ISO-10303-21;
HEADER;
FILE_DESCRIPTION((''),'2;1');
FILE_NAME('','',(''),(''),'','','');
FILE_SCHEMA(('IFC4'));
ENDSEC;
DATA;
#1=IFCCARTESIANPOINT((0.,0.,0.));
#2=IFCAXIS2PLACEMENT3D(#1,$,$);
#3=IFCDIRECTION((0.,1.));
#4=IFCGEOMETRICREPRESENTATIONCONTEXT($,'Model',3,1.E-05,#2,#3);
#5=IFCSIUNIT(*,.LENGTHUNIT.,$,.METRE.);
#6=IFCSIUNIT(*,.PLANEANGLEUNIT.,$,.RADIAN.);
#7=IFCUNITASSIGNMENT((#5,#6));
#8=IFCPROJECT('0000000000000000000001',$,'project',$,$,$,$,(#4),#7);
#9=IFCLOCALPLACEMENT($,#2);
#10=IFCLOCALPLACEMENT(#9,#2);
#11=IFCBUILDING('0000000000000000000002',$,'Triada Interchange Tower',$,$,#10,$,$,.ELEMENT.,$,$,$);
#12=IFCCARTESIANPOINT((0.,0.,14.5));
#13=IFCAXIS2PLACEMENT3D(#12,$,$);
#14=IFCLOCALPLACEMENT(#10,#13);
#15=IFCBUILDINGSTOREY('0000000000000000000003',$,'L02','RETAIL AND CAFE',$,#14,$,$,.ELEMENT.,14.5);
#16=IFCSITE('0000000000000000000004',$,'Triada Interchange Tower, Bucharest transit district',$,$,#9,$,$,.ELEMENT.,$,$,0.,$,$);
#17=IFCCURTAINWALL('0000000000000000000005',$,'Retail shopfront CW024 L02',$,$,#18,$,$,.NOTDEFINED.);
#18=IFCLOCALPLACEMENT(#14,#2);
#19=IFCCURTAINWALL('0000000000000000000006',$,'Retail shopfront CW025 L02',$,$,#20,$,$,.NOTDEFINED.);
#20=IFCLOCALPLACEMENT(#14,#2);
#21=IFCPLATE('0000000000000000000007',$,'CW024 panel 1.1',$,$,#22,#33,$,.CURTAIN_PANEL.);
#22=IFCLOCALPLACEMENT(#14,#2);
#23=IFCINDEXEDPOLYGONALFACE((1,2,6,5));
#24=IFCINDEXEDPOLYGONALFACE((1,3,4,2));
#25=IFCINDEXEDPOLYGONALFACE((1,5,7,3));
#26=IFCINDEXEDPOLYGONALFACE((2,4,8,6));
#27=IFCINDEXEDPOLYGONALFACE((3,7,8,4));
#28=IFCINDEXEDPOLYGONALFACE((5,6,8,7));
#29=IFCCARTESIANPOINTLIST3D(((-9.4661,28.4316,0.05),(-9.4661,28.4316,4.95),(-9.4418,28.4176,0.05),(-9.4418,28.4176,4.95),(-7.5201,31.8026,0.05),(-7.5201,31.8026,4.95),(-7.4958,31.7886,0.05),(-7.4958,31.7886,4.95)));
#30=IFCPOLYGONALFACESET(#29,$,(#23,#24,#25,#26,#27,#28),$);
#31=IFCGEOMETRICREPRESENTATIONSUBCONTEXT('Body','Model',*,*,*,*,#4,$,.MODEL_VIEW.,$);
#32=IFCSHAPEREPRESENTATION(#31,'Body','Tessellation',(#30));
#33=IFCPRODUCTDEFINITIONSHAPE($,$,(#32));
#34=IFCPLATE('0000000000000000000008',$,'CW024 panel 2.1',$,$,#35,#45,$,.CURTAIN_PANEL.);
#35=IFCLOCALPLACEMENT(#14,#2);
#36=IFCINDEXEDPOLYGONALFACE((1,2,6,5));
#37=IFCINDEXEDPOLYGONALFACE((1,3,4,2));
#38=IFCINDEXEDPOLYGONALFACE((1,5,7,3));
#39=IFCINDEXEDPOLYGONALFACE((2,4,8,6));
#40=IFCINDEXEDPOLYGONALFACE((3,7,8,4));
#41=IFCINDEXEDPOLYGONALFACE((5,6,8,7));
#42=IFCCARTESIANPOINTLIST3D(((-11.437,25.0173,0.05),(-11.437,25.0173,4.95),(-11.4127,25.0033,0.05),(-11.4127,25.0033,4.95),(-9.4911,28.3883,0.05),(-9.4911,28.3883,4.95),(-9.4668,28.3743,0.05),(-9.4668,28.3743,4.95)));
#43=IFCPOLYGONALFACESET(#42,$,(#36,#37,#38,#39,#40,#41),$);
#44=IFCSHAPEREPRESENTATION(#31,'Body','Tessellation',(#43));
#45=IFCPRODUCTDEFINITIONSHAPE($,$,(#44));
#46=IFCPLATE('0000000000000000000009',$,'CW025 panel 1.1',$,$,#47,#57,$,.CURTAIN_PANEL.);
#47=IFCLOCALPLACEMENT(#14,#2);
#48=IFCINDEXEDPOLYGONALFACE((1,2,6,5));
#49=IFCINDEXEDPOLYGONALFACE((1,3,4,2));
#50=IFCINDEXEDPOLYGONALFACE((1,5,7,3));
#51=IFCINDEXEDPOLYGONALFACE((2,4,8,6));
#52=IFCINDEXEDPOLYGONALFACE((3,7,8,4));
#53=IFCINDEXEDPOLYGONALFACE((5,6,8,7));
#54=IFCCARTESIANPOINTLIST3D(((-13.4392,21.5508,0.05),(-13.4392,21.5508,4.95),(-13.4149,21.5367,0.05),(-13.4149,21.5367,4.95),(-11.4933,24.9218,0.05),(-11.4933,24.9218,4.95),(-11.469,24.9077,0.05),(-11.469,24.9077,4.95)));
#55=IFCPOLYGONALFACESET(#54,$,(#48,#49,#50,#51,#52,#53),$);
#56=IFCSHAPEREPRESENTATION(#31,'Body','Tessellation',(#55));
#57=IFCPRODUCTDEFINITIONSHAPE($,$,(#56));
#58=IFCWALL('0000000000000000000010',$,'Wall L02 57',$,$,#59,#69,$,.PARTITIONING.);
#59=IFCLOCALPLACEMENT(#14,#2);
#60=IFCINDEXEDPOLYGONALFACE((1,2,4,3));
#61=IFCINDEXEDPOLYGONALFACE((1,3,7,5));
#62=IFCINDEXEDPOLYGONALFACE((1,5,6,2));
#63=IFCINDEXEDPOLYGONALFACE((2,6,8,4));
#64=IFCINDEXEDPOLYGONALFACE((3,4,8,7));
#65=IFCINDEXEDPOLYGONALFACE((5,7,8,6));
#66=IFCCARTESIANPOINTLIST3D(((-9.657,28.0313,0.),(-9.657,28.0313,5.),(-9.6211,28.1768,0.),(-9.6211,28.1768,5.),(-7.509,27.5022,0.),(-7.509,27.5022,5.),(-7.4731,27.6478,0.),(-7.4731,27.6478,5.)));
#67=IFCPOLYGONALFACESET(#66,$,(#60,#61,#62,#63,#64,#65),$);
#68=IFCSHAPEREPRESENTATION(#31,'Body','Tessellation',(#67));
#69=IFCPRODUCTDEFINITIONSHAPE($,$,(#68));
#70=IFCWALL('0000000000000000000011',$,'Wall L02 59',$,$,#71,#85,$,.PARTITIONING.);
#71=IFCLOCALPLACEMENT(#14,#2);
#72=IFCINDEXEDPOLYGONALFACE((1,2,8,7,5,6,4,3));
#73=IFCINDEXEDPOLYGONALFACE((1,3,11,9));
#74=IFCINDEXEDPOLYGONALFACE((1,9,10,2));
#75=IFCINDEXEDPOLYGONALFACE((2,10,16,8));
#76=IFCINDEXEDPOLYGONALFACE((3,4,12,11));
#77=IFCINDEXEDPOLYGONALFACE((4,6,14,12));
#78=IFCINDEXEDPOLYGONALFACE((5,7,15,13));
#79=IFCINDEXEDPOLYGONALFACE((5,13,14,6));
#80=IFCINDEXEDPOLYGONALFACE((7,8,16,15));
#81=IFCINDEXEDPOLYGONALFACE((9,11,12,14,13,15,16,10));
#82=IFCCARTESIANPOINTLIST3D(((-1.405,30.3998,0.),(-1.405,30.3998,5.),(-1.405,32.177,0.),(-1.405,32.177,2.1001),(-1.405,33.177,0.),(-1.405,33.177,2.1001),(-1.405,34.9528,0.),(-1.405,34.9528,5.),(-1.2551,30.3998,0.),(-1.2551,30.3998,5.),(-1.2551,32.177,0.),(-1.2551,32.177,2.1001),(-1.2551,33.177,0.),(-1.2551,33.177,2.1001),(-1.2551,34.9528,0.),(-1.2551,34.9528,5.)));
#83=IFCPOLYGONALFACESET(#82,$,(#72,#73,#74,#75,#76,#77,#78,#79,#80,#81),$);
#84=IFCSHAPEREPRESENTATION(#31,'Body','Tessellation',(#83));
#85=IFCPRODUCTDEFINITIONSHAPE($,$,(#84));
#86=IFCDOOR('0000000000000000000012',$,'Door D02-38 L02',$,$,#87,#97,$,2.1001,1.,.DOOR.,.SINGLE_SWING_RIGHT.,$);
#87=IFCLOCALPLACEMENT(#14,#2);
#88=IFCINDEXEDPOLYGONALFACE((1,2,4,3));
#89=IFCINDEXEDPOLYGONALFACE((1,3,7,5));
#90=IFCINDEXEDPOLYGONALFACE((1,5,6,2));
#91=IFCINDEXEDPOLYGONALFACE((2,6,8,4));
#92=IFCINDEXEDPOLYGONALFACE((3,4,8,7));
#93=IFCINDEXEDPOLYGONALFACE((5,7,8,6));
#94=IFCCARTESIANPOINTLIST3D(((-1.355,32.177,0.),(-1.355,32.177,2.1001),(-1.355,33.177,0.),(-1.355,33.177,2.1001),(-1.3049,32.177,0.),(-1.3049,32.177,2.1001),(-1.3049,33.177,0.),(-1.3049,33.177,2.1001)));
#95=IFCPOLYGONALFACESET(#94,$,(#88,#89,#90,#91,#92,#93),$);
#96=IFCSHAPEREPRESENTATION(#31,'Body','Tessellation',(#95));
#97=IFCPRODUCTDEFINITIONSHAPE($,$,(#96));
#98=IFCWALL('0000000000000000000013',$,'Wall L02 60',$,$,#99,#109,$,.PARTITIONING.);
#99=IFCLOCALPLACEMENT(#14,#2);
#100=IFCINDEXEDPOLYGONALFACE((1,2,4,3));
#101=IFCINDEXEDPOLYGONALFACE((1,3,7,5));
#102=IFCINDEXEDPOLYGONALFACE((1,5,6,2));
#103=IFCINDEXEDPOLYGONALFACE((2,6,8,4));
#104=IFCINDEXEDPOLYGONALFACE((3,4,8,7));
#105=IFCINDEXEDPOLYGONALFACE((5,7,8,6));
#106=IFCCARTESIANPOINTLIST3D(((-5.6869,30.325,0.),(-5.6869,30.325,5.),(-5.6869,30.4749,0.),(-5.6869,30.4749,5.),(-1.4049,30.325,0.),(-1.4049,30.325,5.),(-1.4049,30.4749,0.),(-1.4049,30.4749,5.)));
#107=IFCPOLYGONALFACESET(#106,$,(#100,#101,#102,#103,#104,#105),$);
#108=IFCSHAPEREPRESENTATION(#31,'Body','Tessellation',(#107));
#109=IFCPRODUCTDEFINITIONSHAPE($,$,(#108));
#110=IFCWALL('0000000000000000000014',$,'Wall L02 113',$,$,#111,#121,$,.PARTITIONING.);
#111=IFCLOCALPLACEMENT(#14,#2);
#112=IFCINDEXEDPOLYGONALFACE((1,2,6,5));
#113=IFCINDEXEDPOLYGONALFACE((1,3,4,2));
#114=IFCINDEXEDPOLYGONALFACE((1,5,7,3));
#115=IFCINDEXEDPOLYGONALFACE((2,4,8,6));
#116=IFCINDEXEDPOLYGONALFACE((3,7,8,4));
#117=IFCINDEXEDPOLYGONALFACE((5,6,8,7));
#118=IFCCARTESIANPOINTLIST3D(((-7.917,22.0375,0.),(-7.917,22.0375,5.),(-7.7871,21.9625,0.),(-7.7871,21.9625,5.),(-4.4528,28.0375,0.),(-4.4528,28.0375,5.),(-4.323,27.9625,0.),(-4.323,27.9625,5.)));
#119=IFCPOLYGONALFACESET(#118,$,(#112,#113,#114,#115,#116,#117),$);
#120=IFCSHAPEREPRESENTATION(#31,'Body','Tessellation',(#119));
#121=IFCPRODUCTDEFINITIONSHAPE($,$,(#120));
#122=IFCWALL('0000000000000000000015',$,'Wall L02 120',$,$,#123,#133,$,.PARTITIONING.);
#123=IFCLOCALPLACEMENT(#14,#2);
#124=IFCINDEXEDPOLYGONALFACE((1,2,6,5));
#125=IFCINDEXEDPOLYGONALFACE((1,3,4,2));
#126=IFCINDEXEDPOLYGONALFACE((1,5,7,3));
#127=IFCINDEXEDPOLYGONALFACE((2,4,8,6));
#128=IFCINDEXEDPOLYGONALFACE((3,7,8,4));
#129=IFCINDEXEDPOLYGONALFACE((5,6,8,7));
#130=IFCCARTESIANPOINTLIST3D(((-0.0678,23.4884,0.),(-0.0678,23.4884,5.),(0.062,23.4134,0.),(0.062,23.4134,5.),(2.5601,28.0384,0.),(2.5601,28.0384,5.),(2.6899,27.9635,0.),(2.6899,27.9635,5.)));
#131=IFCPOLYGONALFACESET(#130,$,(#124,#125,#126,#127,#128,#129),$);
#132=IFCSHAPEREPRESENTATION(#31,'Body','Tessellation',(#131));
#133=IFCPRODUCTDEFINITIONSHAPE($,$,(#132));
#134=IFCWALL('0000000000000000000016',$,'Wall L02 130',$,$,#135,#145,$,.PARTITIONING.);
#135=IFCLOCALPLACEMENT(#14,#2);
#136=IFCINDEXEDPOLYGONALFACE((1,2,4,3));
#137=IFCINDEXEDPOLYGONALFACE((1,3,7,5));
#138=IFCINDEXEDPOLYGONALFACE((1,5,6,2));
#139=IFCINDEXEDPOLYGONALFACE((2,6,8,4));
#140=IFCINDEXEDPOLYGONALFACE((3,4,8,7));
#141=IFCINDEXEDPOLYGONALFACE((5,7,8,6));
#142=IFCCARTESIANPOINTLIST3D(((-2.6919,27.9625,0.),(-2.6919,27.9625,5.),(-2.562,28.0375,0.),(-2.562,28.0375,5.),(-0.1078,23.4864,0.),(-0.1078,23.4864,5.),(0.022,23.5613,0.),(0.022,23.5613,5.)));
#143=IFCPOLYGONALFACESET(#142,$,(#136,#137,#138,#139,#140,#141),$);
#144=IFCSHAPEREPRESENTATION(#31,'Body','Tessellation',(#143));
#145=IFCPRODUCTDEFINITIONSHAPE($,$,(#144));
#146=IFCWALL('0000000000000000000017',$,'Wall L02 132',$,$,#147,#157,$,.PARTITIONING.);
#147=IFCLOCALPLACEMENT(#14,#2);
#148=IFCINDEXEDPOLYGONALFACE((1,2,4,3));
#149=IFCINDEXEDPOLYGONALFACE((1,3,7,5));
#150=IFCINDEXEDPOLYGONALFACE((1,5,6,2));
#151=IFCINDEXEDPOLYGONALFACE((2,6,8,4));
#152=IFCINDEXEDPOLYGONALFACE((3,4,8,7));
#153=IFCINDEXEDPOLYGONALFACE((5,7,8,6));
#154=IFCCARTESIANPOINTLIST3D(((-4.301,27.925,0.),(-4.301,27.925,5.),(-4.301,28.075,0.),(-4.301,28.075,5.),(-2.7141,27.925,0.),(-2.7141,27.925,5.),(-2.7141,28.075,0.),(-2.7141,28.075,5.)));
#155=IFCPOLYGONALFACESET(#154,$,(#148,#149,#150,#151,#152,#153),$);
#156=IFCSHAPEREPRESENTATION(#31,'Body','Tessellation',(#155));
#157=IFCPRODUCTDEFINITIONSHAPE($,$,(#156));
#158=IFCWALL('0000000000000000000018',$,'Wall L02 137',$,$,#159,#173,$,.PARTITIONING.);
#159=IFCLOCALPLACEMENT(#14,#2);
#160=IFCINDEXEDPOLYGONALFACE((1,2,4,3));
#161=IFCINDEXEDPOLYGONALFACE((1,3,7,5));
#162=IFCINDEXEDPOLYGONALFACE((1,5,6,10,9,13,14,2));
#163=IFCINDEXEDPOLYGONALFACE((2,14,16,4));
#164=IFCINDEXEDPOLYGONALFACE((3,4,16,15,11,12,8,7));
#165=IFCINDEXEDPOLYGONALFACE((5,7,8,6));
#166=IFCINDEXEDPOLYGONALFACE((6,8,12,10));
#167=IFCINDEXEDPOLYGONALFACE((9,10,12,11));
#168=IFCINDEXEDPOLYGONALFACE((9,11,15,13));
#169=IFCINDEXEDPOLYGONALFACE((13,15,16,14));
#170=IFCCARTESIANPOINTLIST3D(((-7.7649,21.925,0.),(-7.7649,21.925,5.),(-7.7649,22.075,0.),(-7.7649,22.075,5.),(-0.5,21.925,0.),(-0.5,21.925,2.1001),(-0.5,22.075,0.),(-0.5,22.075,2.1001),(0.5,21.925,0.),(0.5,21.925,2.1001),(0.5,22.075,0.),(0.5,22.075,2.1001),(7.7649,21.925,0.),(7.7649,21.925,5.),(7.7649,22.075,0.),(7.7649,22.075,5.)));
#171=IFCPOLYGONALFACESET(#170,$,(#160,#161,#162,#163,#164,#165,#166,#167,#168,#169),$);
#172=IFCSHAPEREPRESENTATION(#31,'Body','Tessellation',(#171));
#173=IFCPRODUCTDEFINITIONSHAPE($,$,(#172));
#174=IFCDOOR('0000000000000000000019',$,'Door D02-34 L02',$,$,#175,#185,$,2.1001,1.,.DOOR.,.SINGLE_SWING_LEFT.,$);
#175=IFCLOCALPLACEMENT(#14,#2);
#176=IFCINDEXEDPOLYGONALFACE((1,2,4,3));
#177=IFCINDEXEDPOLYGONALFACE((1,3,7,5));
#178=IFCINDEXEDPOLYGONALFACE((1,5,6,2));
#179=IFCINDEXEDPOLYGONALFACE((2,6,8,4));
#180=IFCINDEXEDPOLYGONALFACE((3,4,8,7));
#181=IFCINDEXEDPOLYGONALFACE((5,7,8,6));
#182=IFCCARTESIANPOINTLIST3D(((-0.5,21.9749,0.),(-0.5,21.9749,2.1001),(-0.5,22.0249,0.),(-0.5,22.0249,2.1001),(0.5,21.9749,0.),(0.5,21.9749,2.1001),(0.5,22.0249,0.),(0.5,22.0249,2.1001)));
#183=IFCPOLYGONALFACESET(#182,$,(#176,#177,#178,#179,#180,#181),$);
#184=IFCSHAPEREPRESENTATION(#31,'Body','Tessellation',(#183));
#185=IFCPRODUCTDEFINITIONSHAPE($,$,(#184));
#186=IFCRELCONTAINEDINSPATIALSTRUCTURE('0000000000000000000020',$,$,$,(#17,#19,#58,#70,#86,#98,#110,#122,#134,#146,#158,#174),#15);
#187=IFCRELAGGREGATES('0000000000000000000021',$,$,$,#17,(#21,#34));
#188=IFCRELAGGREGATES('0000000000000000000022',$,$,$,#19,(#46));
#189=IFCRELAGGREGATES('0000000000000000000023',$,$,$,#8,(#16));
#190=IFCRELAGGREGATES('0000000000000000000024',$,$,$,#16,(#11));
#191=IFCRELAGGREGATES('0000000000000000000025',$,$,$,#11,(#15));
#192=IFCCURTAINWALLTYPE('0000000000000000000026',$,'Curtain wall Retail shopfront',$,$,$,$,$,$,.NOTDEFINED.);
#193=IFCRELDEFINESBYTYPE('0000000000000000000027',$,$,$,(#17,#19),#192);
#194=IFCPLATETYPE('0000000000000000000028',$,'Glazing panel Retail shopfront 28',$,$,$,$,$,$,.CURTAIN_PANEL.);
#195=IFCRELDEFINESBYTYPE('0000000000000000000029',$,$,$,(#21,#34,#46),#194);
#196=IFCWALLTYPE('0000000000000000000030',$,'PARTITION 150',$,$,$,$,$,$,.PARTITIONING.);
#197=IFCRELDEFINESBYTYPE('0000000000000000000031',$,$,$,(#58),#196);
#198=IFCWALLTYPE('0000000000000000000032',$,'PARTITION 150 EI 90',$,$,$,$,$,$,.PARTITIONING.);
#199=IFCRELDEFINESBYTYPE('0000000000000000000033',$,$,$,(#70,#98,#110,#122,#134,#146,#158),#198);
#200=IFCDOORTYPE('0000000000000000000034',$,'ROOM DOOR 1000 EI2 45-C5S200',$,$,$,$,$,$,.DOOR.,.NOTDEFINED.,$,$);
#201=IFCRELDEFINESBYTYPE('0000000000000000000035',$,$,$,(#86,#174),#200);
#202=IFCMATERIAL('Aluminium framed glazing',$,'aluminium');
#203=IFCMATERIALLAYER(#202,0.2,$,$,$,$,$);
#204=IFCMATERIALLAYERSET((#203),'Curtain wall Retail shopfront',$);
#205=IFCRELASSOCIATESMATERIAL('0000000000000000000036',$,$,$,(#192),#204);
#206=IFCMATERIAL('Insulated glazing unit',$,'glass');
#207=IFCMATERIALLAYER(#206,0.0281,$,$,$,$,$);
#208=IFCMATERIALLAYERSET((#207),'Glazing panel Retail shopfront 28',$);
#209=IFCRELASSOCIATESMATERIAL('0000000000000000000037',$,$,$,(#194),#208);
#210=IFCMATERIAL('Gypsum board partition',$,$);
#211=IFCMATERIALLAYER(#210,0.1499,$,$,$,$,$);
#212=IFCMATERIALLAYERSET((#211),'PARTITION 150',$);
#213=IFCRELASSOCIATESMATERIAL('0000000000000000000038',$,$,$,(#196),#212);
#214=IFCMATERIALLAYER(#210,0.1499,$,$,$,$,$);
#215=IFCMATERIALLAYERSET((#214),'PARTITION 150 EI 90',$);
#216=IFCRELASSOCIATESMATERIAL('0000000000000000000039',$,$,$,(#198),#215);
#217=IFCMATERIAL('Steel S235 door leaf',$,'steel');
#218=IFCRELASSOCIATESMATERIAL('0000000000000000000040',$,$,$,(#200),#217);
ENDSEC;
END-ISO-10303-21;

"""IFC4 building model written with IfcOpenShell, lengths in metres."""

from ifc_helpers import new_model, si_unit, direction, frame, frame_2d, origin, origin_2d, place, context, subcontext, project, spatial, rectangle, extrude, material, layer, layer_set, type_object, element, fill, aggregate, save


model = new_model("IFC4")

# Units and contexts
model_context = context("Model", 3, precision=1e-05, world=origin(), true_north=direction((0.0, 1.0)))
body_context = subcontext(model_context, "Body", "Model", "MODEL_VIEW")
ifc_project = project(units=[si_unit("LENGTHUNIT", "METRE"), si_unit("PLANEANGLEUNIT", "RADIAN")], contexts=[model_context])

# Site, building, storey
site_placement = place(None, origin())
site = spatial("IfcSite", under=ifc_project, at=site_placement, Name="Triada Interchange Tower, Bucharest transit district", CompositionType="ELEMENT", RefElevation=0.0)
building_placement = place(site_placement, origin())
building = spatial("IfcBuilding", under=site, at=building_placement, Name="Triada Interchange Tower", CompositionType="ELEMENT")
storey_placement = place(building_placement, frame((0.0, 0.0, 14.5)))
storey = spatial("IfcBuildingStorey", under=building, at=storey_placement, Name="L02", Description="RETAIL AND CAFE", CompositionType="ELEMENT", Elevation=14.5)

# Curtain walls
ifc_material_1 = material(Name="Aluminium framed glazing", Category="aluminium")
ifc_layer_1 = layer(ifc_material_1, 0.2)
ifc_layer_set_1 = layer_set([ifc_layer_1], Name="Curtain wall Retail shopfront")
curtain_wall_type = type_object("IfcCurtainWallType", Name="Curtain wall Retail shopfront", PredefinedType="NOTDEFINED", material=ifc_layer_set_1)
curtain_wall_1_placement = place(storey_placement, origin())
curtain_wall_1 = element("IfcCurtainWall", 1, at=curtain_wall_1_placement, inside=storey, type_object=curtain_wall_type, Name="Retail shopfront CW024 L02", PredefinedType="NOTDEFINED")
curtain_wall_2_placement = place(storey_placement, origin())
curtain_wall_2 = element("IfcCurtainWall", 2, at=curtain_wall_2_placement, inside=storey, type_object=curtain_wall_type, Name="Retail shopfront CW025 L02", PredefinedType="NOTDEFINED")

# Plates
ifc_material_2 = material(Name="Insulated glazing unit", Category="glass")
ifc_layer_2 = layer(ifc_material_2, 0.0281)
ifc_layer_set_2 = layer_set([ifc_layer_2], Name="Glazing panel Retail shopfront 28")
plate_type = type_object("IfcPlateType", Name="Glazing panel Retail shopfront 28", PredefinedType="CURTAIN_PANEL", material=ifc_layer_set_2)
plate_1_placement = place(storey_placement, frame((-8.481, 30.1101, 0.05), z_axis=(0.0, 0.0, 1.0), x_axis=(-0.499948, -0.866055, 0.0)))
plate_1 = element("IfcPlate", 3, at=plate_1_placement, type_object=plate_type, Name="CW024 panel 1.1", PredefinedType="CURTAIN_PANEL", context=body_context, shape_type="SweptSolid", body=[
    extrude(rectangle(XDim=3.8923, YDim=0.0281, at=origin_2d()), origin(), (0.0, 0.0, 1.0), 4.8999),
])
plate_2_placement = place(storey_placement, frame((-10.4519, 26.6958, 0.05), z_axis=(0.0, 0.0, 1.0), x_axis=(-0.499948, -0.866055, 0.0)))
plate_2 = element("IfcPlate", 4, at=plate_2_placement, type_object=plate_type, Name="CW024 panel 2.1", PredefinedType="CURTAIN_PANEL", context=body_context, shape_type="SweptSolid", body=[
    extrude(rectangle(XDim=3.8923, YDim=0.0281, at=origin_2d()), origin(), (0.0, 0.0, 1.0), 4.8999),
])
aggregate(curtain_wall_1, [plate_1, plate_2])
plate_3_placement = place(storey_placement, frame((-12.4541, 23.2292, 0.05), z_axis=(0.0, 0.0, 1.0), x_axis=(-0.499948, -0.866055, 0.0)))
plate_3 = element("IfcPlate", 5, at=plate_3_placement, type_object=plate_type, Name="CW025 panel 1.1", PredefinedType="CURTAIN_PANEL", context=body_context, shape_type="SweptSolid", body=[
    extrude(rectangle(XDim=3.8923, YDim=0.0281, at=origin_2d()), origin(), (0.0, 0.0, 1.0), 4.8999),
])
aggregate(curtain_wall_2, [plate_3])

# Wall
ifc_material_3 = material(Name="Gypsum board partition")
ifc_layer_3 = layer(ifc_material_3, 0.1499)
ifc_layer_set_3 = layer_set([ifc_layer_3], Name="PARTITION 150")
wall_type_1 = type_object("IfcWallType", Name="PARTITION 150", PredefinedType="PARTITIONING", material=ifc_layer_set_3)
wall_1_placement = place(storey_placement, frame((-9.6389, 28.104, 0.0), z_axis=(0.0, 0.0, 1.0), x_axis=(0.970981, -0.239158, 0.0)))
element("IfcWall", 6, at=wall_1_placement, inside=storey, type_object=wall_type_1, Name="Wall L02 57", PredefinedType="PARTITIONING", context=body_context, shape_type="SweptSolid", body=[
    extrude(rectangle(XDim=2.2122, YDim=0.1499, at=frame_2d((1.106, 0.0))), origin(), (0.0, 0.0, 1.0), 5.0),
])

# Wall, opening, door
ifc_layer_4 = layer(ifc_material_3, 0.1499)
ifc_layer_set_4 = layer_set([ifc_layer_4], Name="PARTITION 150 EI 90")
wall_type_2 = type_object("IfcWallType", Name="PARTITION 150 EI 90", PredefinedType="PARTITIONING", material=ifc_layer_set_4)
wall_2_placement = place(storey_placement, frame((-1.3301, 30.3999, 0.0), z_axis=(0.0, 0.0, 1.0), x_axis=(0.0, 1.0, 0.0)))
wall_2 = element("IfcWall", 7, at=wall_2_placement, inside=storey, type_object=wall_type_2, Name="Wall L02 59", PredefinedType="PARTITIONING", context=body_context, shape_type="SweptSolid", body=[
    extrude(rectangle(XDim=4.553, YDim=0.1499, at=frame_2d((2.2764, 0.0))), origin(), (0.0, 0.0, 1.0), 5.0),
])
opening_1_placement = place(wall_2_placement, frame((1.7771, 0.0, 0.0)))
opening_1 = element("IfcOpeningElement", 8, at=opening_1_placement, cuts=wall_2, PredefinedType="OPENING", context=body_context, shape_type="SweptSolid", body=[
    extrude(rectangle(XDim=1.0, YDim=2.1001, at=frame_2d((0.5, 1.05))), frame((0.0, 0.085, 0.0), z_axis=(0.0, -1.0, 0.0), x_axis=(1.0, 0.0, 0.0)), (0.0, 0.0, 1.0), 0.1699),
])
ifc_material_4 = material(Name="Steel S235 door leaf", Category="steel")
door_type = type_object("IfcDoorType", Name="ROOM DOOR 1000 EI2 45-C5S200", OperationType="NOTDEFINED", PredefinedType="DOOR", material=ifc_material_4)
door_1_placement = place(opening_1_placement, origin())
door_1 = element("IfcDoor", 9, at=door_1_placement, inside=storey, type_object=door_type, Name="Door D02-38 L02", OperationType="SINGLE_SWING_RIGHT", OverallHeight=2.1001, OverallWidth=1.0, PredefinedType="DOOR", context=body_context, shape_type="SweptSolid", body=[
    extrude(rectangle(XDim=1.0, YDim=2.1001, at=frame_2d((0.5, 1.05))), frame((0.0, 0.0249, 0.0), z_axis=(0.0, -1.0, 0.0), x_axis=(1.0, 0.0, 0.0)), (0.0, 0.0, 1.0), 0.05),
])
fill(opening_1, door_1)

# Walls
wall_3_placement = place(storey_placement, frame((-5.687, 30.3999, 0.0), z_axis=(0.0, 0.0, 1.0), x_axis=(1.0, 0.0, 0.0)))
element("IfcWall", 10, at=wall_3_placement, inside=storey, type_object=wall_type_2, Name="Wall L02 60", PredefinedType="PARTITIONING", context=body_context, shape_type="SweptSolid", body=[
    extrude(rectangle(XDim=4.282, YDim=0.1499, at=frame_2d((2.1411, 0.0))), origin(), (0.0, 0.0, 1.0), 5.0),
])
wall_4_placement = place(storey_placement, frame((-7.8521, 22.0, 0.0), z_axis=(0.0, 0.0, 1.0), x_axis=(0.500001, 0.866025, 0.0)))
element("IfcWall", 11, at=wall_4_placement, inside=storey, type_object=wall_type_2, Name="Wall L02 113", PredefinedType="PARTITIONING", context=body_context, shape_type="SweptSolid", body=[
    extrude(rectangle(XDim=6.9282, YDim=0.1499, at=frame_2d((3.4641, 0.0))), origin(), (0.0, 0.0, 1.0), 5.0),
])
wall_5_placement = place(storey_placement, frame((-0.0029, 23.4509, 0.0), z_axis=(0.0, 0.0, 1.0), x_axis=(0.500137, 0.865946, 0.0)))
element("IfcWall", 12, at=wall_5_placement, inside=storey, type_object=wall_type_2, Name="Wall L02 120", PredefinedType="PARTITIONING", context=body_context, shape_type="SweptSolid", body=[
    extrude(rectangle(XDim=5.2544, YDim=0.1499, at=frame_2d((2.6272, 0.0))), origin(), (0.0, 0.0, 1.0), 5.0),
])
wall_6_placement = place(storey_placement, frame((-2.627, 28.0, 0.0), z_axis=(0.0, 0.0, 1.0), x_axis=(0.49996, -0.866049, 0.0)))
element("IfcWall", 13, at=wall_6_placement, inside=storey, type_object=wall_type_2, Name="Wall L02 130", PredefinedType="PARTITIONING", context=body_context, shape_type="SweptSolid", body=[
    extrude(rectangle(XDim=5.1685, YDim=0.1499, at=frame_2d((2.5842, 0.0))), origin(), (0.0, 0.0, 1.0), 5.0),
])
wall_7_placement = place(storey_placement, frame((-4.301, 28.0, 0.0), z_axis=(0.0, 0.0, 1.0), x_axis=(1.0, 0.0, 0.0)))
element("IfcWall", 14, at=wall_7_placement, inside=storey, type_object=wall_type_2, Name="Wall L02 132", PredefinedType="PARTITIONING", context=body_context, shape_type="SweptSolid", body=[
    extrude(rectangle(XDim=1.5869, YDim=0.1499, at=frame_2d((0.7935, 0.0))), origin(), (0.0, 0.0, 1.0), 5.0),
])

# Wall, opening, door
wall_8_placement = place(storey_placement, frame((-7.7649, 22.0, 0.0), z_axis=(0.0, 0.0, 1.0), x_axis=(1.0, 0.0, 0.0)))
wall_8 = element("IfcWall", 15, at=wall_8_placement, inside=storey, type_object=wall_type_2, Name="Wall L02 137", PredefinedType="PARTITIONING", context=body_context, shape_type="SweptSolid", body=[
    extrude(rectangle(XDim=15.5298, YDim=0.1499, at=frame_2d((7.7649, 0.0))), origin(), (0.0, 0.0, 1.0), 5.0),
])
opening_2_placement = place(wall_8_placement, frame((7.2649, 0.0, 0.0)))
opening_2 = element("IfcOpeningElement", 16, at=opening_2_placement, cuts=wall_8, PredefinedType="OPENING", context=body_context, shape_type="SweptSolid", body=[
    extrude(rectangle(XDim=1.0, YDim=2.1001, at=frame_2d((0.5, 1.05))), frame((0.0, 0.085, 0.0), z_axis=(0.0, -1.0, 0.0), x_axis=(1.0, 0.0, 0.0)), (0.0, 0.0, 1.0), 0.1699),
])
door_2_placement = place(opening_2_placement, origin())
door_2 = element("IfcDoor", 17, at=door_2_placement, inside=storey, type_object=door_type, Name="Door D02-34 L02", OperationType="SINGLE_SWING_LEFT", OverallHeight=2.1001, OverallWidth=1.0, PredefinedType="DOOR", context=body_context, shape_type="SweptSolid", body=[
    extrude(rectangle(XDim=1.0, YDim=2.1001, at=frame_2d((0.5, 1.05))), frame((0.0, 0.0249, 0.0), z_axis=(0.0, -1.0, 0.0), x_axis=(1.0, 0.0, 0.0)), (0.0, 0.0, 1.0), 0.05),
])
fill(opening_2, door_2)

save(model, "model.ifc")
